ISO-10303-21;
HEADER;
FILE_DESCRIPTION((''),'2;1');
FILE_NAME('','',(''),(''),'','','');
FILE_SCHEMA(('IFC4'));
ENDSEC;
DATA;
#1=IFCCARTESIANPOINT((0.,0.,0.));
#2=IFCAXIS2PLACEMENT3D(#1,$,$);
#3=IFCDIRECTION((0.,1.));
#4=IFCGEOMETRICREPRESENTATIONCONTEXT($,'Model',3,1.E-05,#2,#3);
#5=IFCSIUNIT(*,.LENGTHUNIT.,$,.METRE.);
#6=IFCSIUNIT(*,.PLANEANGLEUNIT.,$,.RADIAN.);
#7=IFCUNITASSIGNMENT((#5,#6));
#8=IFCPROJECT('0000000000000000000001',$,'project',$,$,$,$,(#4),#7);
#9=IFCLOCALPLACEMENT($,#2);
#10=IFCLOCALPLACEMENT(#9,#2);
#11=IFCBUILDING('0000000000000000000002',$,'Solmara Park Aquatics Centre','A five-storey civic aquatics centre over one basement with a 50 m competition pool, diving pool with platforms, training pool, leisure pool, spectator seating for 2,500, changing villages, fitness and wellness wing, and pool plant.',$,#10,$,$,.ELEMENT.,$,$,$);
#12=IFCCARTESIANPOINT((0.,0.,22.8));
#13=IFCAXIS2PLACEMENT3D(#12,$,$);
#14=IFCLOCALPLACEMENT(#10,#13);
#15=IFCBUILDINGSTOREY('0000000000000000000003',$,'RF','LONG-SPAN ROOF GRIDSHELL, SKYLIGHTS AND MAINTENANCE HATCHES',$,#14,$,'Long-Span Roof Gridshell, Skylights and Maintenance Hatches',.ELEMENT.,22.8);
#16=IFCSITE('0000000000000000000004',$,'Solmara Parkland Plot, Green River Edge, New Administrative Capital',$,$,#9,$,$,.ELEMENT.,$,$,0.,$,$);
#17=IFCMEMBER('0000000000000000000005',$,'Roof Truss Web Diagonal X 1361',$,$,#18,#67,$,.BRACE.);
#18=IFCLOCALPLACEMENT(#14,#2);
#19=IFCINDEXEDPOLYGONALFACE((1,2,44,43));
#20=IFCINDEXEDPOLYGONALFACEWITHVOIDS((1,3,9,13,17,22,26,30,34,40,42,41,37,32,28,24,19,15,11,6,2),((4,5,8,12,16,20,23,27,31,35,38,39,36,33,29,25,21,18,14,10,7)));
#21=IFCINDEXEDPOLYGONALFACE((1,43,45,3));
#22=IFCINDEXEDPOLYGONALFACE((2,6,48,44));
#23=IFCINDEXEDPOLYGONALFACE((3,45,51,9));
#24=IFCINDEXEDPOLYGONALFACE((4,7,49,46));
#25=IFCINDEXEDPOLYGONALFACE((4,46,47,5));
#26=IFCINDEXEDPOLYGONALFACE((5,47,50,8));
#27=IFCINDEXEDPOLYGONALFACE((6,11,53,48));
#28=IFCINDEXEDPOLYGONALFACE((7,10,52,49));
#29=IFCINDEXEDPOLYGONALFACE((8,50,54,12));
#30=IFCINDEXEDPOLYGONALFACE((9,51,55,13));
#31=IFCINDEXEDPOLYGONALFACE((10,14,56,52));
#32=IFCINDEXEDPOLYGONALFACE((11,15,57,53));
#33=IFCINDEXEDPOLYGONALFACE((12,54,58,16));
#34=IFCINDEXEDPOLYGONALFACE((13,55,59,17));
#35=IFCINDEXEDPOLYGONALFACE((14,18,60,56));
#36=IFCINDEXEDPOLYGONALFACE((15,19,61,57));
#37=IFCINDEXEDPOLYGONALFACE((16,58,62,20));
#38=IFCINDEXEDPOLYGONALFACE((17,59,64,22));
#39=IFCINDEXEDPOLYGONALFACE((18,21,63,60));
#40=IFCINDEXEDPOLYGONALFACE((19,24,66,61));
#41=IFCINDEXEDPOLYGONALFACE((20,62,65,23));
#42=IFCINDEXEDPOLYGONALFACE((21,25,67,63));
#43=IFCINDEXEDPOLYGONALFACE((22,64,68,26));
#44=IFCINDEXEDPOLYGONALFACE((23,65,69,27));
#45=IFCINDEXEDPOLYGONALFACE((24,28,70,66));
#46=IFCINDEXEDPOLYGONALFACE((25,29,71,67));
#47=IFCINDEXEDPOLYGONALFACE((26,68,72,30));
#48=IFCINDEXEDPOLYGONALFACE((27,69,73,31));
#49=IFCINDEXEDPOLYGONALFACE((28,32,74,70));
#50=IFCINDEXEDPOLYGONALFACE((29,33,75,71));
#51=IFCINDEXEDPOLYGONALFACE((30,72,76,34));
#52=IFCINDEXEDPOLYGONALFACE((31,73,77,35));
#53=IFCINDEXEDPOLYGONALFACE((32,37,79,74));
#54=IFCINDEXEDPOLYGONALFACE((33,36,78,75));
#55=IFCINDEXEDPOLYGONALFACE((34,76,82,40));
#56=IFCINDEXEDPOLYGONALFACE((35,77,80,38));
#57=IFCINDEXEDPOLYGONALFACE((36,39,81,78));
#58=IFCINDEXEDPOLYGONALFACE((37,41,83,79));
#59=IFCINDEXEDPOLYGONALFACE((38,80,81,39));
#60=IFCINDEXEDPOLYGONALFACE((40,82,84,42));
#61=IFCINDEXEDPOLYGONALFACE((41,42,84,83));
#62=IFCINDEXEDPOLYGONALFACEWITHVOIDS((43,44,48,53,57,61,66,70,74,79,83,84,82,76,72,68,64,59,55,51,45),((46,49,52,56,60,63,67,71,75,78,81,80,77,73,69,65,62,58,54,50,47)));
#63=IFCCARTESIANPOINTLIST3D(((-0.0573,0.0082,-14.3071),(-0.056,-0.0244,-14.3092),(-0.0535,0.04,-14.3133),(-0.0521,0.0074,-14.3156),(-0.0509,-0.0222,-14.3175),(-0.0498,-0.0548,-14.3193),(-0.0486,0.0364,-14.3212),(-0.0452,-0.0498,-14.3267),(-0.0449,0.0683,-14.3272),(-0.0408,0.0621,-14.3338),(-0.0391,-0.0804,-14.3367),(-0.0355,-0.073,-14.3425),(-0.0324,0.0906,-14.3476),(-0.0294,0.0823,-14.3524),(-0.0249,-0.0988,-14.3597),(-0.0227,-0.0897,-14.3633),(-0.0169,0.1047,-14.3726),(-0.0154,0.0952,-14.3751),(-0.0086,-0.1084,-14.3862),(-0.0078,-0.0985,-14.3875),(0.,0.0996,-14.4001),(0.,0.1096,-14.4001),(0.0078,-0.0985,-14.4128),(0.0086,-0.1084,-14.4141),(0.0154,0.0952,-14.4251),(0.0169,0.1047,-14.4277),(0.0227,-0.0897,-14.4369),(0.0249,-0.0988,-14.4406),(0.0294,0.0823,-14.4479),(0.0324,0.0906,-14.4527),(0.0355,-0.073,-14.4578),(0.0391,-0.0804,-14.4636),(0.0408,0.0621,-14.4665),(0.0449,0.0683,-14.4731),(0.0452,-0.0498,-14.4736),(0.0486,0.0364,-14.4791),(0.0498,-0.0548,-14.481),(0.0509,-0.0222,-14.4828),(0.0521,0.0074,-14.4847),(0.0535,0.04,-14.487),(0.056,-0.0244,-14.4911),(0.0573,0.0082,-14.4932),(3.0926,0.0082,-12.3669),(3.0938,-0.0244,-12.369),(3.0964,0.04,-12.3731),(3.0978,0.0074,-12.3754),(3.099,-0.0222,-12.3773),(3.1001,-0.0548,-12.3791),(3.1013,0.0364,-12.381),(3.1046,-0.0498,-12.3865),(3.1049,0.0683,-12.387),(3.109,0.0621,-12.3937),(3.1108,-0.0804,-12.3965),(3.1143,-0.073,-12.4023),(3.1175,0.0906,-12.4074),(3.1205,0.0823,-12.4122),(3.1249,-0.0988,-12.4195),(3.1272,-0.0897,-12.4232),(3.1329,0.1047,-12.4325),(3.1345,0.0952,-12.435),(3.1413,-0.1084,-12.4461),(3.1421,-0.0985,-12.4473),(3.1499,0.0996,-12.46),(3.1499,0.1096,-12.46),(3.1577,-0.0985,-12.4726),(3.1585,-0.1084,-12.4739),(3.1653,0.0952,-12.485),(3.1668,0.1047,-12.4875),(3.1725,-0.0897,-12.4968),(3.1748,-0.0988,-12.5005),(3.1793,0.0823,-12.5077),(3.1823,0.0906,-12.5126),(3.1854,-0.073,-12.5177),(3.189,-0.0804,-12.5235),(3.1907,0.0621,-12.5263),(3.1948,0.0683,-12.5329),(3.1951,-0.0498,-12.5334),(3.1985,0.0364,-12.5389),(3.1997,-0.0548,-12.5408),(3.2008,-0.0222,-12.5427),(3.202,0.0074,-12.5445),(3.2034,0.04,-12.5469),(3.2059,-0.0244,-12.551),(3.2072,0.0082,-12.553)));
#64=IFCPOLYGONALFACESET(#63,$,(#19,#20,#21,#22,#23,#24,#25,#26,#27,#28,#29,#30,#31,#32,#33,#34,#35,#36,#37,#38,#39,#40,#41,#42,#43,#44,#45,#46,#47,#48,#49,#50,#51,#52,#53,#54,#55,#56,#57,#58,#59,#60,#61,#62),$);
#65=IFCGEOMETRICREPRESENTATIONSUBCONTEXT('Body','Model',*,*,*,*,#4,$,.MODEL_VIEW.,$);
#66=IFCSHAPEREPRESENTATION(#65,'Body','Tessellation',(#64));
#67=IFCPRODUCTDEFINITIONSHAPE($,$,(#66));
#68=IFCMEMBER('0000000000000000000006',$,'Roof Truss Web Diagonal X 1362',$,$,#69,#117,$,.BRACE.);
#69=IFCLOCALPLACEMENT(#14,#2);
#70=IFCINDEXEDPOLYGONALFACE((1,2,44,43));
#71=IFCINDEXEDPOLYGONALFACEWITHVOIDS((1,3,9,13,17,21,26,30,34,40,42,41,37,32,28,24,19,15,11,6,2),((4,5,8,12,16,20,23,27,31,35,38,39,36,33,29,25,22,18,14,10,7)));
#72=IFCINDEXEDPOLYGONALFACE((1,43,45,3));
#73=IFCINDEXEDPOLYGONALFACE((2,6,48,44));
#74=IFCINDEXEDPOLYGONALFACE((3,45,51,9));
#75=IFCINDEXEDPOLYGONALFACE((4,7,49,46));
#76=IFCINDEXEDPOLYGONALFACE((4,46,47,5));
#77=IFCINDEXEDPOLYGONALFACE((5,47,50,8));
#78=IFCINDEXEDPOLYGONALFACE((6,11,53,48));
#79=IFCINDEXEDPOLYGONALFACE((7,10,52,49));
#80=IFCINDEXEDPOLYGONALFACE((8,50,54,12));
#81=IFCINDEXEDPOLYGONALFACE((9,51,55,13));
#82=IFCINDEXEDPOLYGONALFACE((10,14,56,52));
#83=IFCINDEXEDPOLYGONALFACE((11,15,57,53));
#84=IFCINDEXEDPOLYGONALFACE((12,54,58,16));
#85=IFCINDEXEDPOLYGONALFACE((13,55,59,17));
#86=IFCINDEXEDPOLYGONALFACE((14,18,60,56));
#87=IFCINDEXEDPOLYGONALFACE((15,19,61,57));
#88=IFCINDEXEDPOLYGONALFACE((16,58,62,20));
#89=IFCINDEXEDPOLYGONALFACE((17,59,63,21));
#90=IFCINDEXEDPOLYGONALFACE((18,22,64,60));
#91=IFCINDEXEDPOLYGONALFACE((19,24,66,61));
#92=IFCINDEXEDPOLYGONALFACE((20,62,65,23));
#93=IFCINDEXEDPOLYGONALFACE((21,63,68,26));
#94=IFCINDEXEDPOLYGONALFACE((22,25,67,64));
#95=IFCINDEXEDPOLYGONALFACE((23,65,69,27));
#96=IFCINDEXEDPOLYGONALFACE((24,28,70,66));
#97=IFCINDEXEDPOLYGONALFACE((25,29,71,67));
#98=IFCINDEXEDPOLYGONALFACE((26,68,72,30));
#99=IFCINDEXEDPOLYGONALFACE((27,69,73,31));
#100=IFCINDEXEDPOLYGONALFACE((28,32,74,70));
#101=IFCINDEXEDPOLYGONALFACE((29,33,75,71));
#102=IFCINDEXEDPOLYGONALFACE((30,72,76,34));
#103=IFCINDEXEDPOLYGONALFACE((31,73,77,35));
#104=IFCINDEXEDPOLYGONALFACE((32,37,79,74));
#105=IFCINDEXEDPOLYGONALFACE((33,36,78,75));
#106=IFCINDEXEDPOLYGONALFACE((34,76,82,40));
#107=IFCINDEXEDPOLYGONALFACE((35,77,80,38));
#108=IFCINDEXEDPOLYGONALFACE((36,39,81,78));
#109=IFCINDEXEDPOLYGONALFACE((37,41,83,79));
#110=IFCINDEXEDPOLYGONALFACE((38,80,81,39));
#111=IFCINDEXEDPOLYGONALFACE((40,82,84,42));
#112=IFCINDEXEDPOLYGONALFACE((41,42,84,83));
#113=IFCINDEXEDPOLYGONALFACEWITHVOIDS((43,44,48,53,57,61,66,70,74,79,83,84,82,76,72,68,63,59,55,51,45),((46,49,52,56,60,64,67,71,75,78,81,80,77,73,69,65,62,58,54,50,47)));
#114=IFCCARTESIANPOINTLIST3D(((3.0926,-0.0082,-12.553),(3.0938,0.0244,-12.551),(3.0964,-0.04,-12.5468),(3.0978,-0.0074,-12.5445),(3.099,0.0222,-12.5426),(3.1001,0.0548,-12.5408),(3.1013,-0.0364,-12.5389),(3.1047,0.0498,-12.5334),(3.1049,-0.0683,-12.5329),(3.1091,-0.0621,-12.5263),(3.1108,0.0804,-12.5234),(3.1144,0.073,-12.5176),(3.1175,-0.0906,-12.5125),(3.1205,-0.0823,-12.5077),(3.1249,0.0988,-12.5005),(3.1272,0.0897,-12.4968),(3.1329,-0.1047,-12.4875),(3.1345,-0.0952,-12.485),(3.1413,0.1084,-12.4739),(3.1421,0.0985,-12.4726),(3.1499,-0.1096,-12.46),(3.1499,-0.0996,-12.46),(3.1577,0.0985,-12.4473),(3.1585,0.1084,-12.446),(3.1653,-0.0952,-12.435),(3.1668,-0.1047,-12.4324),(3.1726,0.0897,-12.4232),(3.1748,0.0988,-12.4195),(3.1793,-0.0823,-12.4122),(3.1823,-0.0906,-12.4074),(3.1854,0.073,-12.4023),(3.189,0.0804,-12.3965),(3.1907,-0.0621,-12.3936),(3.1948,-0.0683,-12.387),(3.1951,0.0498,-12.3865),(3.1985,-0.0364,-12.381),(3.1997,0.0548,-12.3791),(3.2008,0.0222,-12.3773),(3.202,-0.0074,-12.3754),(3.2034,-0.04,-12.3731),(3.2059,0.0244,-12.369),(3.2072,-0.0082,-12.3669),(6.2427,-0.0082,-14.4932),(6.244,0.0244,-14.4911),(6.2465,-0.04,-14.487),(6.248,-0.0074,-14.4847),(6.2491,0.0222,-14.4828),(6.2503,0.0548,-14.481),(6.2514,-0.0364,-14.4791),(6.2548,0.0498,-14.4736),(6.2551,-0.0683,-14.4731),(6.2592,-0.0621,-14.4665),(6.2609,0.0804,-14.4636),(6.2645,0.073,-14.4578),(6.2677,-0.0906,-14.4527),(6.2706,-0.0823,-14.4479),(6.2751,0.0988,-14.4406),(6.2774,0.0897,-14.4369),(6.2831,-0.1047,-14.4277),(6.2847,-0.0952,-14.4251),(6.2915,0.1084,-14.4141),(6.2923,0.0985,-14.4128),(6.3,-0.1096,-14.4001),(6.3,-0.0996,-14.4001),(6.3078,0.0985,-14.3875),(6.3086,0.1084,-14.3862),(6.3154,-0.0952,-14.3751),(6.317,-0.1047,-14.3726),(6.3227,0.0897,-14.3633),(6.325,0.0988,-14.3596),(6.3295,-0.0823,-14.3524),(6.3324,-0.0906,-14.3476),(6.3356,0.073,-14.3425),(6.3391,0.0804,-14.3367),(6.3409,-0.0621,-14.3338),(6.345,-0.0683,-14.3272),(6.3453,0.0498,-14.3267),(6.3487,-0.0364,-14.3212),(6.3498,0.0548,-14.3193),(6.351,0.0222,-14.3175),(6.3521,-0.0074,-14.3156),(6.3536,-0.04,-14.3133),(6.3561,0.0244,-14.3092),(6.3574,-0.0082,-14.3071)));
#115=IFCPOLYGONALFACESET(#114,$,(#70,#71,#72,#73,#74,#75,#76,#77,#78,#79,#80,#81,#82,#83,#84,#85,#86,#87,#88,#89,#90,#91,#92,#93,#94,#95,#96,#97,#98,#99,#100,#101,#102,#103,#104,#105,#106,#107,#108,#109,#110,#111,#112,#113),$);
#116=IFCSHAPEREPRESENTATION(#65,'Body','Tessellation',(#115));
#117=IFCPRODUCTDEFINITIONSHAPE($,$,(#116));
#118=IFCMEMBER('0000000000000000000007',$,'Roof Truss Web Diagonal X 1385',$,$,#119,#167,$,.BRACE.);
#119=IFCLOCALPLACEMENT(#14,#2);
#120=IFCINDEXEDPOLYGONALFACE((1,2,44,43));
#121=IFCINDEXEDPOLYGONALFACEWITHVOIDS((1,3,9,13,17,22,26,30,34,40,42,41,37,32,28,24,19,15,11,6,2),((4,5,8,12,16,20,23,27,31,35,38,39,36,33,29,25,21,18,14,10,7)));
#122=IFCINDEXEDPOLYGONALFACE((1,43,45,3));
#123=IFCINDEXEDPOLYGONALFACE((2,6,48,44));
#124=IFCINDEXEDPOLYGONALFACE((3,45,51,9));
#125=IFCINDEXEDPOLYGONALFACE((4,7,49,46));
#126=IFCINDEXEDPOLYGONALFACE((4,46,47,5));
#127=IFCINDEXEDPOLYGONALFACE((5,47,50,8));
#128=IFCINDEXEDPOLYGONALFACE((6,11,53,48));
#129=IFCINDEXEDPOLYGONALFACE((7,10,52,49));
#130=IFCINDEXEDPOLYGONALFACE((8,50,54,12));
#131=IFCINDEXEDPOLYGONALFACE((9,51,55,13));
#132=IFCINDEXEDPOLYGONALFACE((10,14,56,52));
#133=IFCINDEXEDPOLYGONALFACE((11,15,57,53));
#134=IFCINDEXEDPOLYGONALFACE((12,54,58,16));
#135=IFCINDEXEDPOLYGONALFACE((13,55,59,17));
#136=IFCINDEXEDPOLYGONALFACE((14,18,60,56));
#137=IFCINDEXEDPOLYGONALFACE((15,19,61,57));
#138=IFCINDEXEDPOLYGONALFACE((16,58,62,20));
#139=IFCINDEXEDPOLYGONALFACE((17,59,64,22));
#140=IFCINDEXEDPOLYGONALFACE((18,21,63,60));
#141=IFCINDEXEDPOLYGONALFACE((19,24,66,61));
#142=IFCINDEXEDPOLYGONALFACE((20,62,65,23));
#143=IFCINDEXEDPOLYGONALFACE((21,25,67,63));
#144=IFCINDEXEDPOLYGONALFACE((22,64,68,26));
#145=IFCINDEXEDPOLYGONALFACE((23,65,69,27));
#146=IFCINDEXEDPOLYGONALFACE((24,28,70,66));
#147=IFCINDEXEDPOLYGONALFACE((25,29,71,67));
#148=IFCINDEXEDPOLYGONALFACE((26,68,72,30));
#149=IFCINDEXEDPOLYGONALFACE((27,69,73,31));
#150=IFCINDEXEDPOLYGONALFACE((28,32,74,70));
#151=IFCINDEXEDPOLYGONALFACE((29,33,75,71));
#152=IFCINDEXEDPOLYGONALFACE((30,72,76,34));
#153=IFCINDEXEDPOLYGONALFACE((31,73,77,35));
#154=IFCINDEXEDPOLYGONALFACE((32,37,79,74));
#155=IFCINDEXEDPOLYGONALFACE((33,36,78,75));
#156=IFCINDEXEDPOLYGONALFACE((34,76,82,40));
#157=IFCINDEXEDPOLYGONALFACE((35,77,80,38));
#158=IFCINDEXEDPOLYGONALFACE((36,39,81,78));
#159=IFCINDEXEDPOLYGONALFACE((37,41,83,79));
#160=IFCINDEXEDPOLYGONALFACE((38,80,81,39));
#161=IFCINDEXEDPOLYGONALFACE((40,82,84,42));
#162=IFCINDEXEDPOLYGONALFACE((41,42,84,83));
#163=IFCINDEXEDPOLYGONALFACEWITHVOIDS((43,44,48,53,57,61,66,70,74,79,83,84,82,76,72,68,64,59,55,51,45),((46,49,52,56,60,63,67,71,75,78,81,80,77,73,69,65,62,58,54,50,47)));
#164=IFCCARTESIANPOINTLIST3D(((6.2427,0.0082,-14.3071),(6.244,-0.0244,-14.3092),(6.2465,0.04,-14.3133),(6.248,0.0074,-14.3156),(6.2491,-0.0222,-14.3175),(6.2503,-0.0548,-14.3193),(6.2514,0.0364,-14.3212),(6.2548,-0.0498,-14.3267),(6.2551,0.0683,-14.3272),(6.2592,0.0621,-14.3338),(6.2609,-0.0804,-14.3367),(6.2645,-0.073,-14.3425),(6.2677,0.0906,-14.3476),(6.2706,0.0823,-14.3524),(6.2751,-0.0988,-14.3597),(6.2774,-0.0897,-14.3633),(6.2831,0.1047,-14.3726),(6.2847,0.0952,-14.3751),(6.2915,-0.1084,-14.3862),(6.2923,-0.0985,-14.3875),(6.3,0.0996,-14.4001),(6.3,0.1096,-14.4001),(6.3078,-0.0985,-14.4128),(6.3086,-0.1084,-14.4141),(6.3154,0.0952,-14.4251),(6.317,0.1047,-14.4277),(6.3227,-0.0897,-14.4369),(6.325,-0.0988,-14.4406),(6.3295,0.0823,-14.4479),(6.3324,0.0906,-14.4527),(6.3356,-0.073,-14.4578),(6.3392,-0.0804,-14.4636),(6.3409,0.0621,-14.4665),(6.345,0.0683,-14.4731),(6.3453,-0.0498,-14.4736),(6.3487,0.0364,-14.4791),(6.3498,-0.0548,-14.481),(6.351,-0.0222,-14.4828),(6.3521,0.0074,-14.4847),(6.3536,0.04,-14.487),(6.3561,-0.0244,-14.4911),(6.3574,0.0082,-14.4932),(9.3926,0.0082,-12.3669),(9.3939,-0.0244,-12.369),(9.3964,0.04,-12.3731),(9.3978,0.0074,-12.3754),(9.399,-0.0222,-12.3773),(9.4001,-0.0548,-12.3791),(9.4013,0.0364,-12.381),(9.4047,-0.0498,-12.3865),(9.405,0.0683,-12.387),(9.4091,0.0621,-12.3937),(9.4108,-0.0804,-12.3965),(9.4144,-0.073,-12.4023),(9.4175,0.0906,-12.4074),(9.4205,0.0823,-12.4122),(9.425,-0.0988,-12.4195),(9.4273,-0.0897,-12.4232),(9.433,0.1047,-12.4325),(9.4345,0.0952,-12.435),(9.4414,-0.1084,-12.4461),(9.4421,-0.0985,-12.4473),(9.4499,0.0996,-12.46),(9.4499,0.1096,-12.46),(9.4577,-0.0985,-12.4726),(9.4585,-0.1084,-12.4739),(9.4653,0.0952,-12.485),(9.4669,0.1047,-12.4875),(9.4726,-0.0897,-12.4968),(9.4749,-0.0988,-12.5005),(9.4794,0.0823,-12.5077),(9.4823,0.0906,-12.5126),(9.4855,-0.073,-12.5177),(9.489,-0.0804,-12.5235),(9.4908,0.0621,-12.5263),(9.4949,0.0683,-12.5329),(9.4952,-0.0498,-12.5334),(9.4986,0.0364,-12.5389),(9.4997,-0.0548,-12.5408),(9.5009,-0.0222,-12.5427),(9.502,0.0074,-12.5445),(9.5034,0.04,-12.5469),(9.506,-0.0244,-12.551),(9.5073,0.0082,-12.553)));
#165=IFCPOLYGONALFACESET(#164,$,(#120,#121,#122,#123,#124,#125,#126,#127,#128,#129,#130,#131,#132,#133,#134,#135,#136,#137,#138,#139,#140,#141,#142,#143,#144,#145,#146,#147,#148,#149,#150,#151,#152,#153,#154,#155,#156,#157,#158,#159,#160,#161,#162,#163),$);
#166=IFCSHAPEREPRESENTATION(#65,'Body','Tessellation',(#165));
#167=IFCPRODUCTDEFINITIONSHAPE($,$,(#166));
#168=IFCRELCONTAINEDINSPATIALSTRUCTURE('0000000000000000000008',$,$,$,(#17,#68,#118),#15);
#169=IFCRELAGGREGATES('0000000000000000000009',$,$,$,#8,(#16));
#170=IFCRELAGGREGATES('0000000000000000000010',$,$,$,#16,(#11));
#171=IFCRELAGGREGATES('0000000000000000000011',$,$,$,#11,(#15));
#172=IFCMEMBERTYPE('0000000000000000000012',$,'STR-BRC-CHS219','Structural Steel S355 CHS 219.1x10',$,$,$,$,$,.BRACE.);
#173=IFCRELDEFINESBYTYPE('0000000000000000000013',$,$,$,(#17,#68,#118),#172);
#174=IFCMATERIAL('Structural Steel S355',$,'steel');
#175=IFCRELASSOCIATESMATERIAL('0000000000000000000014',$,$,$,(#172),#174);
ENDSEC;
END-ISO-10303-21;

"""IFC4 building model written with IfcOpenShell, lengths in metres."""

from ifc_helpers import new_model, si_unit, direction, frame, origin, origin_2d, place, context, subcontext, project, spatial, hollow_circle, extrude, material, material_profile, profile_set, type_object, element, save


model = new_model("IFC4")

# Units and contexts
model_context = context("Model", 3, precision=1e-05, world=origin(), true_north=direction((0.0, 1.0)))
body_context = subcontext(model_context, "Body", "Model", "MODEL_VIEW")
ifc_project = project(units=[si_unit("LENGTHUNIT", "METRE"), si_unit("PLANEANGLEUNIT", "RADIAN")], contexts=[model_context])

# Site, building, storey
site_placement = place(None, origin())
site = spatial("IfcSite", under=ifc_project, at=site_placement, Name="Solmara Parkland Plot, Green River Edge, New Administrative Capital", CompositionType="ELEMENT", RefElevation=0.0)
building_placement = place(site_placement, origin())
building = spatial("IfcBuilding", under=site, at=building_placement, Name="Solmara Park Aquatics Centre", Description="A five-storey civic aquatics centre over one basement with a 50 m competition pool, diving pool with platforms, training pool, leisure pool, spectator seating for 2,500, changing villages, fitness and wellness wing, and pool plant.", CompositionType="ELEMENT")
storey_placement = place(building_placement, frame((0.0, 0.0, 22.8)))
storey = spatial("IfcBuildingStorey", under=building, at=storey_placement, Name="RF", Description="LONG-SPAN ROOF GRIDSHELL, SKYLIGHTS AND MAINTENANCE HATCHES", LongName="Long-Span Roof Gridshell, Skylights and Maintenance Hatches", CompositionType="ELEMENT", Elevation=22.8)

# Members
ifc_material_1 = material(Name="Structural Steel S355", Category="steel")
ifc_material_profile_1 = material_profile(ifc_material_1, hollow_circle(Radius=0.1096, WallThickness=0.01, at=origin_2d()), Name="CHS 219.1x10")
ifc_profile_set_1 = profile_set([ifc_material_profile_1], Name="Structural Steel S355")
member_type_1 = type_object("IfcMemberType", Name="STR-BRC-CHS219", Description="Structural Steel S355 CHS 219.1x10", PredefinedType="BRACE", material=ifc_profile_set_1)
member_1_placement = place(storey_placement, frame((0.0, 0.0, -14.4001), z_axis=(0.851443, 0.0, 0.524447), x_axis=(0.0, 1.0, 0.0)))
element("IfcMember", 1, at=member_1_placement, inside=storey, type_object=member_type_1, Name="Roof Truss Web Diagonal X 1361", PredefinedType="BRACE", context=body_context, shape_type="SweptSolid", body=[
    extrude(hollow_circle(Radius=0.1096, WallThickness=0.01, at=origin_2d()), origin(), (0.0, 0.0, 1.0), 3.6995),
])
member_2_placement = place(storey_placement, frame((6.3, 0.0, -14.4001), z_axis=(-0.851461, 0.0, 0.524418), x_axis=(0.0, -1.0, 0.0)))
element("IfcMember", 2, at=member_2_placement, inside=storey, type_object=member_type_1, Name="Roof Truss Web Diagonal X 1362", PredefinedType="BRACE", context=body_context, shape_type="SweptSolid", body=[
    extrude(hollow_circle(Radius=0.1096, WallThickness=0.01, at=origin_2d()), origin(), (0.0, 0.0, 1.0), 3.6997),
])
member_3_placement = place(storey_placement, frame((6.3, 0.0, -14.4001), z_axis=(0.851443, 0.0, 0.524447), x_axis=(0.0, 1.0, 0.0)))
element("IfcMember", 3, at=member_3_placement, inside=storey, type_object=member_type_1, Name="Roof Truss Web Diagonal X 1385", PredefinedType="BRACE", context=body_context, shape_type="SweptSolid", body=[
    extrude(hollow_circle(Radius=0.1096, WallThickness=0.01, at=origin_2d()), origin(), (0.0, 0.0, 1.0), 3.6995),
])

save(model, "model.ifc")
